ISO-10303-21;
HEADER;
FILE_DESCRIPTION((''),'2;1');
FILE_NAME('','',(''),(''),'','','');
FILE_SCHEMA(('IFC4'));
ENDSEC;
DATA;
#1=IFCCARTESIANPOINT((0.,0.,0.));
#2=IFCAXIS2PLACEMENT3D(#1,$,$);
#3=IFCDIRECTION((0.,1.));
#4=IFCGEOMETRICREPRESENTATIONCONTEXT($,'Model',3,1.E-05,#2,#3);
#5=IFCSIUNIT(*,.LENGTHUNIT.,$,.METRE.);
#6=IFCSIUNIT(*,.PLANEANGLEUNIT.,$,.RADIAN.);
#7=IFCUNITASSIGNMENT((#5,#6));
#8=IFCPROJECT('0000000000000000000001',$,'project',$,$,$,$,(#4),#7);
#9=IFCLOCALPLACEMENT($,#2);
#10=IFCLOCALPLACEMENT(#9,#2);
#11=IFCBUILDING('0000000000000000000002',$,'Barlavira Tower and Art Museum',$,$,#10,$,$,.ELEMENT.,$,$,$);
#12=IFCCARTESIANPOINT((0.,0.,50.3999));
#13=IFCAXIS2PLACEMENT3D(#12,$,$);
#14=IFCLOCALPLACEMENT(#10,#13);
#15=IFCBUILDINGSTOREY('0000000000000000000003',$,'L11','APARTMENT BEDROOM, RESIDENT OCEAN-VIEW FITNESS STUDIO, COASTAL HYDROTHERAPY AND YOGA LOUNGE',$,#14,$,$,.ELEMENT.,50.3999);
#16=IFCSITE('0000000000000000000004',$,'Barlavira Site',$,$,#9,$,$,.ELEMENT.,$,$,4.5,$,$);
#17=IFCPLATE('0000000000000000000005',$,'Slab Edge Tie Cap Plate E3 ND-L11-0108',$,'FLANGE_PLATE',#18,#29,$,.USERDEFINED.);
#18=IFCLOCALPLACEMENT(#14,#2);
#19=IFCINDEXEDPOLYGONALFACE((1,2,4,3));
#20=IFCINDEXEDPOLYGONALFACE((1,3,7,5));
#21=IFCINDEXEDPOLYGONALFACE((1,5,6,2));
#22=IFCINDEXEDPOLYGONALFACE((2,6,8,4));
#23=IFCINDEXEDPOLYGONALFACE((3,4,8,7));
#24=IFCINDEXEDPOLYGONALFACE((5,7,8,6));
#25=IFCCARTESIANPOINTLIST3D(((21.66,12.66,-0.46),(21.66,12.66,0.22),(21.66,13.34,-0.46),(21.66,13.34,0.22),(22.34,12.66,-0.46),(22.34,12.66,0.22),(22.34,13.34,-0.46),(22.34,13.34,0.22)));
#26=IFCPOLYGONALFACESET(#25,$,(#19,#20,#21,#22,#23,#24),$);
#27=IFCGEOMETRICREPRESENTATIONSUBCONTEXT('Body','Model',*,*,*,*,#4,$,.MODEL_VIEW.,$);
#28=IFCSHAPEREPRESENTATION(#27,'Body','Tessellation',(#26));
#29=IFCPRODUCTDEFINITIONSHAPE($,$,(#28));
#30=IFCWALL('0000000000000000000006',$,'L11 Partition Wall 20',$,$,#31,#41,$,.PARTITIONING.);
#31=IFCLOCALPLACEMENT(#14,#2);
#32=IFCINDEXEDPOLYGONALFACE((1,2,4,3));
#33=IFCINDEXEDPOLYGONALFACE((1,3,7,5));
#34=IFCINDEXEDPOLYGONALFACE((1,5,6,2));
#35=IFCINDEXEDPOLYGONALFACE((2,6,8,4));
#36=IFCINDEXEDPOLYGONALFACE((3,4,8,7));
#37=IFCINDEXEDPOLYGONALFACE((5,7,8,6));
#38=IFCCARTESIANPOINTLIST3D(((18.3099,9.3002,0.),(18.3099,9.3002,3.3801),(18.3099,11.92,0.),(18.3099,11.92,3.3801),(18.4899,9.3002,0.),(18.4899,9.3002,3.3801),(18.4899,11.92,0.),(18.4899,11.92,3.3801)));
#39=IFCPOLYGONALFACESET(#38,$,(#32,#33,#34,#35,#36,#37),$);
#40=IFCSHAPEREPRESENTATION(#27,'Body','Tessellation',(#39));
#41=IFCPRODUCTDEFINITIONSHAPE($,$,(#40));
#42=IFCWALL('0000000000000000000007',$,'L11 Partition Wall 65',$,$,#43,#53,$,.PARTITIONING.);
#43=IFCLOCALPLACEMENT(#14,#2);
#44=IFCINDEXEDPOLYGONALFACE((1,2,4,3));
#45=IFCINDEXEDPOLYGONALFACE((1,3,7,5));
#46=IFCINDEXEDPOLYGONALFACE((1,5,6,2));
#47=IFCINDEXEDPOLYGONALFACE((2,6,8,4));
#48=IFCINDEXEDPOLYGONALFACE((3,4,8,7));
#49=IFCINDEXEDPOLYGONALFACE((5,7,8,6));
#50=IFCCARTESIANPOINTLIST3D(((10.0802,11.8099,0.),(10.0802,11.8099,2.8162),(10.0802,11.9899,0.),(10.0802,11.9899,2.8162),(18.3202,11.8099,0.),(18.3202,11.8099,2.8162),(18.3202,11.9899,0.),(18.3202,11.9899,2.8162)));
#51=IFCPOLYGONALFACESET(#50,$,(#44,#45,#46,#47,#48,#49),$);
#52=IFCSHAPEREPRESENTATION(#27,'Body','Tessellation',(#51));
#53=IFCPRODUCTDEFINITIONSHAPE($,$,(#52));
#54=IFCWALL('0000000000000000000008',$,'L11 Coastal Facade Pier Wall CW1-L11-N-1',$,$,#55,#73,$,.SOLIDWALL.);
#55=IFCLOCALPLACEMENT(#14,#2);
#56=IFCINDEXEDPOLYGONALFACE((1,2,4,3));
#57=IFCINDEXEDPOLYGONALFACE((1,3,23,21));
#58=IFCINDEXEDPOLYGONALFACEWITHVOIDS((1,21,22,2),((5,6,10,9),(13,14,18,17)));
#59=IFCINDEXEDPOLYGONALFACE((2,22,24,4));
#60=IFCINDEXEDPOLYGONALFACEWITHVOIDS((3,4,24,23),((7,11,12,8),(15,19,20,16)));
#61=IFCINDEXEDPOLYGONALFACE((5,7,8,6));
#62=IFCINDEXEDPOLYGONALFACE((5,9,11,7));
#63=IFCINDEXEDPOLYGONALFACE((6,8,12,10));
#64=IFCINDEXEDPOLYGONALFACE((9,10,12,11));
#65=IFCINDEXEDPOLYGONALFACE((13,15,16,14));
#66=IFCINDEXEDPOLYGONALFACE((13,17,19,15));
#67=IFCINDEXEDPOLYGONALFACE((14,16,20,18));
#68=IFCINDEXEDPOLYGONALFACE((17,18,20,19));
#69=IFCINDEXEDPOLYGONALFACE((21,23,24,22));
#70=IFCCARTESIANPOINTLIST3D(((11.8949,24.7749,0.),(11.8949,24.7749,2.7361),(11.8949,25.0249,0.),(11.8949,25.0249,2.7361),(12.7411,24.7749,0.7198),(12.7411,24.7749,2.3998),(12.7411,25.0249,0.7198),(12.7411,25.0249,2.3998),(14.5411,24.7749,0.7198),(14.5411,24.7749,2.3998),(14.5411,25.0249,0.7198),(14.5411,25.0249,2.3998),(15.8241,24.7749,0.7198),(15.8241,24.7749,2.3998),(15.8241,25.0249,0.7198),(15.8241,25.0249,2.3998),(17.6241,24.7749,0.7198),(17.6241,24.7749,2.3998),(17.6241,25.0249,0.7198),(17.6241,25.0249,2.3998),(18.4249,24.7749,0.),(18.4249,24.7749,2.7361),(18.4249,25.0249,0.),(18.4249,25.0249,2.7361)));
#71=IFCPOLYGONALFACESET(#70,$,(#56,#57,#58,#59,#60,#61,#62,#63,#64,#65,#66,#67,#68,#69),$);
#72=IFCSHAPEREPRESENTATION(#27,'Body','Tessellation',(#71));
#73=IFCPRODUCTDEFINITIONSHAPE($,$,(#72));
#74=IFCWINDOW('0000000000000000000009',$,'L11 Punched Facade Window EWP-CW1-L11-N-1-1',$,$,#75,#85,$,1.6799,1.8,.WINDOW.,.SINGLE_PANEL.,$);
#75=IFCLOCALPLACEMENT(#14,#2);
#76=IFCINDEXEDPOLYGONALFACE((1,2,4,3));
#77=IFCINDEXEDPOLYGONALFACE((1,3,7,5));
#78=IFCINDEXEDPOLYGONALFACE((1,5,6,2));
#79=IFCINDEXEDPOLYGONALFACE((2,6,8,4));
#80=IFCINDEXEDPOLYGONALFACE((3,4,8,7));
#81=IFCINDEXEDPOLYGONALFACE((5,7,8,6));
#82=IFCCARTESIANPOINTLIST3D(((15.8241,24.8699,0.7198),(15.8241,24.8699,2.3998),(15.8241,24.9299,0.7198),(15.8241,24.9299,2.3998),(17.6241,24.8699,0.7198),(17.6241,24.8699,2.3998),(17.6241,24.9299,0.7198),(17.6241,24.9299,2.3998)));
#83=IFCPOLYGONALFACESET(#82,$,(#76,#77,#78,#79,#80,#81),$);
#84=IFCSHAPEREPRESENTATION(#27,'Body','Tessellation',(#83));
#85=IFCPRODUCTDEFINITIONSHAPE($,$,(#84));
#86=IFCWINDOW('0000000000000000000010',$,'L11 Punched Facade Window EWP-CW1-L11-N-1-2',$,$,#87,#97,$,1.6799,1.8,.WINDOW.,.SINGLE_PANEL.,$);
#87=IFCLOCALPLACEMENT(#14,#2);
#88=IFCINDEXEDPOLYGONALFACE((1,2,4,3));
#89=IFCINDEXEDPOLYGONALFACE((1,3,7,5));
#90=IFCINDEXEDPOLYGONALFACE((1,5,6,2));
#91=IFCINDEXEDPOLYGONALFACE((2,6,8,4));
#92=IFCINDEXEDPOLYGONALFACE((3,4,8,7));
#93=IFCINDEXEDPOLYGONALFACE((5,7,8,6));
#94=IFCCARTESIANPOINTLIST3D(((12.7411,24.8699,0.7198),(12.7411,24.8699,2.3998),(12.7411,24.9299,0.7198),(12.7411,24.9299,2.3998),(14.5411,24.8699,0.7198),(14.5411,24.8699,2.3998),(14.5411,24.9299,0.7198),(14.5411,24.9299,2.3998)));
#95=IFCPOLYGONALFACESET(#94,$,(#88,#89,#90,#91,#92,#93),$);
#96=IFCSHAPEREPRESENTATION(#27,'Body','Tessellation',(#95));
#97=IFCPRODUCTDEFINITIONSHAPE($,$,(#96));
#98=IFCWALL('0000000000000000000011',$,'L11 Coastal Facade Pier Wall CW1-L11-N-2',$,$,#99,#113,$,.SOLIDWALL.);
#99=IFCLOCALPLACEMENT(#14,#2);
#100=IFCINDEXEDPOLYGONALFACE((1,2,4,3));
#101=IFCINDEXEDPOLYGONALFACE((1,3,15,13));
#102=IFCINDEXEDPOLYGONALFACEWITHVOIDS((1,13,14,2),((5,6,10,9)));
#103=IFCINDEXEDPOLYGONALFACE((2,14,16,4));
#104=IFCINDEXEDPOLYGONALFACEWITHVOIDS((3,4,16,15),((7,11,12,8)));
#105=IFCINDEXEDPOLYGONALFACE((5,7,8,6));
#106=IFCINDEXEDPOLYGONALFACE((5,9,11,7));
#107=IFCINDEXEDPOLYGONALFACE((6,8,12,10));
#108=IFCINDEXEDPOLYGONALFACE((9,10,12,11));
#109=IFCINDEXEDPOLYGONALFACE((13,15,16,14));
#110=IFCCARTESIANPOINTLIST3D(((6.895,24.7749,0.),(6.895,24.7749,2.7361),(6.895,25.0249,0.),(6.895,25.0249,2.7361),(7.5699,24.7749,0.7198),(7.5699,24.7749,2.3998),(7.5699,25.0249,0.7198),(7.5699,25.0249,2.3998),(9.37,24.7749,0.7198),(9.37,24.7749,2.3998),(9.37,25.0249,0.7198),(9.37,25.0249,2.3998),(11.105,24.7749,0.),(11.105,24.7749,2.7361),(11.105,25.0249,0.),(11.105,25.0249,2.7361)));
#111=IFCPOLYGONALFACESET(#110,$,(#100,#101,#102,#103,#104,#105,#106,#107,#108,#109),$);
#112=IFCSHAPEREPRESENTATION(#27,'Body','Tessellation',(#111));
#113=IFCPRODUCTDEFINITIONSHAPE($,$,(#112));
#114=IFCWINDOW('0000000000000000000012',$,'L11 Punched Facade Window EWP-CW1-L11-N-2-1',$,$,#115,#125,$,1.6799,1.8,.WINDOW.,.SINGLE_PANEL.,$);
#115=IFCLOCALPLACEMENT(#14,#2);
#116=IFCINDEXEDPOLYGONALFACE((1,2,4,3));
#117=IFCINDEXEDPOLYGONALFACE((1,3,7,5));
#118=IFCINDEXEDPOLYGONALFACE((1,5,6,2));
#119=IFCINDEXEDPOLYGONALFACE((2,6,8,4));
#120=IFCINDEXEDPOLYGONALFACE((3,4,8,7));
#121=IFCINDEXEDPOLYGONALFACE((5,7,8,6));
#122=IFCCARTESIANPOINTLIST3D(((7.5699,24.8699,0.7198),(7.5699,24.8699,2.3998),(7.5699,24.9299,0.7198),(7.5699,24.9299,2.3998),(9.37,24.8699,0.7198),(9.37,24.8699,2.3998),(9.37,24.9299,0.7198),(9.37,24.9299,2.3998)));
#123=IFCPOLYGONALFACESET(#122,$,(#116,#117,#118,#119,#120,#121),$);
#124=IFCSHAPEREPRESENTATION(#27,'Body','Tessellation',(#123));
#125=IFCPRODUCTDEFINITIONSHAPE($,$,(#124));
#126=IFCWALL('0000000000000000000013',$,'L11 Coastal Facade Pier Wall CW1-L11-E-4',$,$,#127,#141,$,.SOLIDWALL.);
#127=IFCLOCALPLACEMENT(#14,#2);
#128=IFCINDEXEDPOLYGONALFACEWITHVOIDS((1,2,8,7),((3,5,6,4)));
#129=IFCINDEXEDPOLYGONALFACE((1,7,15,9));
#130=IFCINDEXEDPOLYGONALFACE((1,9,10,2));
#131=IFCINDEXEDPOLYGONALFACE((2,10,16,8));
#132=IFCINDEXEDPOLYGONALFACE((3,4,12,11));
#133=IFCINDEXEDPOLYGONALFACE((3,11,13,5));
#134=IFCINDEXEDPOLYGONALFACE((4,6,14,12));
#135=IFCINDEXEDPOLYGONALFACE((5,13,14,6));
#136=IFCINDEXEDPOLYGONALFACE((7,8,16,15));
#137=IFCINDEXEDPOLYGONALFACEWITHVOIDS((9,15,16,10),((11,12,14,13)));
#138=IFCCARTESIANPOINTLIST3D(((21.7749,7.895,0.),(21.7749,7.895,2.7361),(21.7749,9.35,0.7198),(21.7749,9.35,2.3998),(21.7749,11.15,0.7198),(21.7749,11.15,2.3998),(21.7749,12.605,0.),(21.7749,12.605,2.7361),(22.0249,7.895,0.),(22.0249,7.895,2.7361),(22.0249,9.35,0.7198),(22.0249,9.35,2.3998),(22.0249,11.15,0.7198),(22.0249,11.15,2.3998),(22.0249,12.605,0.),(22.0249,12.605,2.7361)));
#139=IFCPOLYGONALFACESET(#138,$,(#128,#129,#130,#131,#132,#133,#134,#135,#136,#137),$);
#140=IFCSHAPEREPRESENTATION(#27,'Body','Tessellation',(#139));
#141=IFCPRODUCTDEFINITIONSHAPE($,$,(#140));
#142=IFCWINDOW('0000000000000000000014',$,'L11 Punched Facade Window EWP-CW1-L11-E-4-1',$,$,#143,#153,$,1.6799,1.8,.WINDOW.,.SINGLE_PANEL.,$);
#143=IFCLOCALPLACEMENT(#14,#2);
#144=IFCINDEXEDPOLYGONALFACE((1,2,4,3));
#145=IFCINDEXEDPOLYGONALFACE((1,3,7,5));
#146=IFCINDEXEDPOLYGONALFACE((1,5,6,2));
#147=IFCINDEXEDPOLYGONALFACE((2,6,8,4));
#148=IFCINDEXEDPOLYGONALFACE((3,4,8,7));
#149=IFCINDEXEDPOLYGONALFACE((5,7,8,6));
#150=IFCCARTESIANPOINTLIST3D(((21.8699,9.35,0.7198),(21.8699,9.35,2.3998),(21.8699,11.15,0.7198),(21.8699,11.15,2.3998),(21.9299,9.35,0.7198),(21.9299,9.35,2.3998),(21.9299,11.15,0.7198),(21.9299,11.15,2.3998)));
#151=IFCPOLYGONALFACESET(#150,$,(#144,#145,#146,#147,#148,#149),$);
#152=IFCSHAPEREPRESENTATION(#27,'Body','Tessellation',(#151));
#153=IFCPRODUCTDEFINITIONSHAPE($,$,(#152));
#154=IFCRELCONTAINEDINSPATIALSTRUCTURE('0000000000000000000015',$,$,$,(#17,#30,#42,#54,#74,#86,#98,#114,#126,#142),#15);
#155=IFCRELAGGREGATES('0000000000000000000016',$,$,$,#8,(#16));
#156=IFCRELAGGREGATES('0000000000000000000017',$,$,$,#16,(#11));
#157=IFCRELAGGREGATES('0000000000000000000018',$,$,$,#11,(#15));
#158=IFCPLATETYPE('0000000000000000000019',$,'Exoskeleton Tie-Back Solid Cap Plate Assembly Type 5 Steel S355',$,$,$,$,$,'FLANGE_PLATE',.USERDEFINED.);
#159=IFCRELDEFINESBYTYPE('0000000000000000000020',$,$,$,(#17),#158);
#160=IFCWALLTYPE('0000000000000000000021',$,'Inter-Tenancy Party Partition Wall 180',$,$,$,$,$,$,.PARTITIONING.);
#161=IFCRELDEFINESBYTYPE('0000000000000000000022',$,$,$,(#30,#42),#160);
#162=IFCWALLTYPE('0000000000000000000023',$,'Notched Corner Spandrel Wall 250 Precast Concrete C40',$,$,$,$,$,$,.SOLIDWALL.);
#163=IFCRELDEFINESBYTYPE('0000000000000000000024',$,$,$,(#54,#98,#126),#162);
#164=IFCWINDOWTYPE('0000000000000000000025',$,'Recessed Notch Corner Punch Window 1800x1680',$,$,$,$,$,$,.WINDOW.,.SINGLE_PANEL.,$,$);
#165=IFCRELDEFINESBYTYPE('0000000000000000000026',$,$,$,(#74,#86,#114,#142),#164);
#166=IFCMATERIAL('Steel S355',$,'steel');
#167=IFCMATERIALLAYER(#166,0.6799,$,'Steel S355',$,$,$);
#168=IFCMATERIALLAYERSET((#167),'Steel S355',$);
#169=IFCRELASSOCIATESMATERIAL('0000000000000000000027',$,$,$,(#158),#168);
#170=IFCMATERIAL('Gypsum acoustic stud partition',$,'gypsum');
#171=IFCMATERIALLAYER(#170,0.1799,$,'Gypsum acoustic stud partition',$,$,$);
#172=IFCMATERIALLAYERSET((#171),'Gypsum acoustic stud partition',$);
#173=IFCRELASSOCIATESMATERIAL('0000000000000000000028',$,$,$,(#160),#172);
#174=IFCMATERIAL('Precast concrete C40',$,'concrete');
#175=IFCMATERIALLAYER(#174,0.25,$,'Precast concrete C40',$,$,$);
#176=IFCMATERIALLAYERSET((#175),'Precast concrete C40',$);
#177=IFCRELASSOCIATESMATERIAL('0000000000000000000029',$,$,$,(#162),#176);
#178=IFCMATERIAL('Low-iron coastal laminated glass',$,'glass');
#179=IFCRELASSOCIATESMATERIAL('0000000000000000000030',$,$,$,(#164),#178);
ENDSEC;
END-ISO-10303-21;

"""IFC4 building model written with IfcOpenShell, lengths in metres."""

from ifc_helpers import new_model, si_unit, direction, frame, frame_2d, origin, origin_2d, place, context, subcontext, project, spatial, rectangle, extrude, material, layer, layer_set, type_object, element, fill, save


model = new_model("IFC4")

# Units and contexts
model_context = context("Model", 3, precision=1e-05, world=origin(), true_north=direction((0.0, 1.0)))
body_context = subcontext(model_context, "Body", "Model", "MODEL_VIEW")
ifc_project = project(units=[si_unit("LENGTHUNIT", "METRE"), si_unit("PLANEANGLEUNIT", "RADIAN")], contexts=[model_context])

# Site, building, storey
site_placement = place(None, origin())
site = spatial("IfcSite", under=ifc_project, at=site_placement, Name="Barlavira Site", CompositionType="ELEMENT", RefElevation=4.5)
building_placement = place(site_placement, origin())
building = spatial("IfcBuilding", under=site, at=building_placement, Name="Barlavira Tower and Art Museum", CompositionType="ELEMENT")
storey_placement = place(building_placement, frame((0.0, 0.0, 50.3999)))
storey = spatial("IfcBuildingStorey", under=building, at=storey_placement, Name="L11", Description="APARTMENT BEDROOM, RESIDENT OCEAN-VIEW FITNESS STUDIO, COASTAL HYDROTHERAPY AND YOGA LOUNGE", CompositionType="ELEMENT", Elevation=50.3999)

# Shared definitions
ifc_material_1 = material(Name="Steel S355", Category="steel")

# Plate
ifc_layer_1 = layer(ifc_material_1, 0.6799, Name="Steel S355")
ifc_layer_set_1 = layer_set([ifc_layer_1], Name="Steel S355")
plate_type = type_object("IfcPlateType", Name="Exoskeleton Tie-Back Solid Cap Plate Assembly Type 5 Steel S355", ElementType="FLANGE_PLATE", PredefinedType="USERDEFINED", material=ifc_layer_set_1)
for number, where, z_axis, x_axis, name in (
    (1, (22.0, 13.0, -0.46), (0.0, 0.0, 1.0), (1.0, 0.0, 0.0), "Slab Edge Tie Cap Plate E3 ND-L11-0108"),
):
    element("IfcPlate", number, at=place(storey_placement, frame(where, z_axis=z_axis, x_axis=x_axis)), inside=storey, type_object=plate_type, Name=name, ObjectType="FLANGE_PLATE", PredefinedType="USERDEFINED", context=body_context, shape_type="SweptSolid", body=[
        extrude(rectangle(XDim=0.6799, YDim=0.6799, at=origin_2d()), origin(), (0.0, 0.0, 1.0), 0.6799),
    ])

# Walls
ifc_material_2 = material(Name="Gypsum acoustic stud partition", Category="gypsum")
ifc_layer_2 = layer(ifc_material_2, 0.1799, Name="Gypsum acoustic stud partition")
ifc_layer_set_2 = layer_set([ifc_layer_2], Name="Gypsum acoustic stud partition")
wall_type_1 = type_object("IfcWallType", Name="Inter-Tenancy Party Partition Wall 180", PredefinedType="PARTITIONING", material=ifc_layer_set_2)
wall_1_placement = place(storey_placement, frame((18.3999, 9.3, 0.0), z_axis=(0.0, 0.0, 1.0), x_axis=(0.0, 1.0, 0.0)))
element("IfcWall", 2, at=wall_1_placement, inside=storey, type_object=wall_type_1, Name="L11 Partition Wall 20", PredefinedType="PARTITIONING", context=body_context, shape_type="SweptSolid", body=[
    extrude(rectangle(XDim=2.6199, YDim=0.1799, at=frame_2d((1.3101, 0.0))), origin(), (0.0, 0.0, 1.0), 3.3801),
])
wall_2_placement = place(storey_placement, frame((10.0801, 11.8999, 0.0), z_axis=(0.0, 0.0, 1.0), x_axis=(1.0, 0.0, 0.0)))
element("IfcWall", 3, at=wall_2_placement, inside=storey, type_object=wall_type_1, Name="L11 Partition Wall 65", PredefinedType="PARTITIONING", context=body_context, shape_type="SweptSolid", body=[
    extrude(rectangle(XDim=8.24, YDim=0.1799, at=frame_2d((4.1201, 0.0))), origin(), (0.0, 0.0, 1.0), 2.8162),
])

# Wall, openings, windows
ifc_material_3 = material(Name="Precast concrete C40", Category="concrete")
ifc_layer_3 = layer(ifc_material_3, 0.25, Name="Precast concrete C40")
ifc_layer_set_3 = layer_set([ifc_layer_3], Name="Precast concrete C40")
wall_type_2 = type_object("IfcWallType", Name="Notched Corner Spandrel Wall 250 Precast Concrete C40", PredefinedType="SOLIDWALL", material=ifc_layer_set_3)
wall_3_placement = place(storey_placement, frame((18.425, 24.8999, 0.0), z_axis=(0.0, 0.0, 1.0), x_axis=(-1.0, 0.0, 0.0)))
wall_3 = element("IfcWall", 4, at=wall_3_placement, inside=storey, type_object=wall_type_2, Name="L11 Coastal Facade Pier Wall CW1-L11-N-1", PredefinedType="SOLIDWALL", context=body_context, shape_type="SweptSolid", body=[
    extrude(rectangle(XDim=6.53, YDim=0.25, at=frame_2d((3.2651, 0.0))), origin(), (0.0, 0.0, 1.0), 2.7361),
])
opening_1_placement = place(wall_3_placement, frame((0.801, 0.0, 0.72)))
opening_1 = element("IfcOpeningElement", 5, at=opening_1_placement, cuts=wall_3, PredefinedType="OPENING", context=body_context, shape_type="SweptSolid", body=[
    extrude(rectangle(XDim=1.8, YDim=1.6799, at=frame_2d((0.8999, 0.8398))), frame((0.0, 0.135, 0.0), z_axis=(0.0, -1.0, 0.0), x_axis=(1.0, 0.0, 0.0)), (0.0, 0.0, 1.0), 0.27),
])
opening_2_placement = place(wall_3_placement, frame((3.884, 0.0, 0.72)))
opening_2 = element("IfcOpeningElement", 6, at=opening_2_placement, cuts=wall_3, PredefinedType="OPENING", context=body_context, shape_type="SweptSolid", body=[
    extrude(rectangle(XDim=1.8, YDim=1.6799, at=frame_2d((0.8999, 0.8398))), frame((0.0, 0.135, 0.0), z_axis=(0.0, -1.0, 0.0), x_axis=(1.0, 0.0, 0.0)), (0.0, 0.0, 1.0), 0.27),
])
ifc_material_4 = material(Name="Low-iron coastal laminated glass", Category="glass")
window_type = type_object("IfcWindowType", Name="Recessed Notch Corner Punch Window 1800x1680", PartitioningType="SINGLE_PANEL", PredefinedType="WINDOW", material=ifc_material_4)
window_1_placement = place(opening_1_placement, origin())
window_1 = element("IfcWindow", 7, at=window_1_placement, inside=storey, type_object=window_type, Name="L11 Punched Facade Window EWP-CW1-L11-N-1-1", OverallHeight=1.6799, OverallWidth=1.8, PartitioningType="SINGLE_PANEL", PredefinedType="WINDOW", context=body_context, shape_type="SweptSolid", body=[
    extrude(rectangle(XDim=1.8, YDim=1.6799, at=frame_2d((0.8999, 0.8398))), frame((0.0, 0.03, 0.0), z_axis=(0.0, -1.0, 0.0), x_axis=(1.0, 0.0, 0.0)), (0.0, 0.0, 1.0), 0.0601),
])
fill(opening_1, window_1)
window_2_placement = place(opening_2_placement, origin())
window_2 = element("IfcWindow", 8, at=window_2_placement, inside=storey, type_object=window_type, Name="L11 Punched Facade Window EWP-CW1-L11-N-1-2", OverallHeight=1.6799, OverallWidth=1.8, PartitioningType="SINGLE_PANEL", PredefinedType="WINDOW", context=body_context, shape_type="SweptSolid", body=[
    extrude(rectangle(XDim=1.8, YDim=1.6799, at=frame_2d((0.8999, 0.8398))), frame((0.0, 0.03, 0.0), z_axis=(0.0, -1.0, 0.0), x_axis=(1.0, 0.0, 0.0)), (0.0, 0.0, 1.0), 0.0601),
])
fill(opening_2, window_2)

# Walls, openings, windows
wall_4_placement = place(storey_placement, frame((11.105, 24.8999, 0.0), z_axis=(0.0, 0.0, 1.0), x_axis=(-1.0, 0.0, 0.0)))
wall_4 = element("IfcWall", 9, at=wall_4_placement, inside=storey, type_object=wall_type_2, Name="L11 Coastal Facade Pier Wall CW1-L11-N-2", PredefinedType="SOLIDWALL", context=body_context, shape_type="SweptSolid", body=[
    extrude(rectangle(XDim=4.21, YDim=0.25, at=frame_2d((2.105, 0.0))), origin(), (0.0, 0.0, 1.0), 2.7361),
])
opening_3_placement = place(wall_4_placement, frame((1.7351, 0.0, 0.72)))
opening_3 = element("IfcOpeningElement", 10, at=opening_3_placement, cuts=wall_4, PredefinedType="OPENING", context=body_context, shape_type="SweptSolid", body=[
    extrude(rectangle(XDim=1.8, YDim=1.6799, at=frame_2d((0.8999, 0.8398))), frame((0.0, 0.135, 0.0), z_axis=(0.0, -1.0, 0.0), x_axis=(1.0, 0.0, 0.0)), (0.0, 0.0, 1.0), 0.27),
])
window_3_placement = place(opening_3_placement, origin())
window_3 = element("IfcWindow", 11, at=window_3_placement, inside=storey, type_object=window_type, Name="L11 Punched Facade Window EWP-CW1-L11-N-2-1", OverallHeight=1.6799, OverallWidth=1.8, PartitioningType="SINGLE_PANEL", PredefinedType="WINDOW", context=body_context, shape_type="SweptSolid", body=[
    extrude(rectangle(XDim=1.8, YDim=1.6799, at=frame_2d((0.8999, 0.8398))), frame((0.0, 0.03, 0.0), z_axis=(0.0, -1.0, 0.0), x_axis=(1.0, 0.0, 0.0)), (0.0, 0.0, 1.0), 0.0601),
])
fill(opening_3, window_3)
wall_5_placement = place(storey_placement, frame((21.8999, 7.895, 0.0), z_axis=(0.0, 0.0, 1.0), x_axis=(0.0, 1.0, 0.0)))
wall_5 = element("IfcWall", 12, at=wall_5_placement, inside=storey, type_object=wall_type_2, Name="L11 Coastal Facade Pier Wall CW1-L11-E-4", PredefinedType="SOLIDWALL", context=body_context, shape_type="SweptSolid", body=[
    extrude(rectangle(XDim=4.71, YDim=0.25, at=frame_2d((2.355, 0.0))), origin(), (0.0, 0.0, 1.0), 2.7361),
])
opening_4_placement = place(wall_5_placement, frame((1.4551, 0.0, 0.72)))
opening_4 = element("IfcOpeningElement", 13, at=opening_4_placement, cuts=wall_5, PredefinedType="OPENING", context=body_context, shape_type="SweptSolid", body=[
    extrude(rectangle(XDim=1.8, YDim=1.6799, at=frame_2d((0.8999, 0.8398))), frame((0.0, 0.135, 0.0), z_axis=(0.0, -1.0, 0.0), x_axis=(1.0, 0.0, 0.0)), (0.0, 0.0, 1.0), 0.27),
])
window_4_placement = place(opening_4_placement, origin())
window_4 = element("IfcWindow", 14, at=window_4_placement, inside=storey, type_object=window_type, Name="L11 Punched Facade Window EWP-CW1-L11-E-4-1", OverallHeight=1.6799, OverallWidth=1.8, PartitioningType="SINGLE_PANEL", PredefinedType="WINDOW", context=body_context, shape_type="SweptSolid", body=[
    extrude(rectangle(XDim=1.8, YDim=1.6799, at=frame_2d((0.8999, 0.8398))), frame((0.0, 0.03, 0.0), z_axis=(0.0, -1.0, 0.0), x_axis=(1.0, 0.0, 0.0)), (0.0, 0.0, 1.0), 0.0601),
])
fill(opening_4, window_4)

save(model, "model.ifc")
